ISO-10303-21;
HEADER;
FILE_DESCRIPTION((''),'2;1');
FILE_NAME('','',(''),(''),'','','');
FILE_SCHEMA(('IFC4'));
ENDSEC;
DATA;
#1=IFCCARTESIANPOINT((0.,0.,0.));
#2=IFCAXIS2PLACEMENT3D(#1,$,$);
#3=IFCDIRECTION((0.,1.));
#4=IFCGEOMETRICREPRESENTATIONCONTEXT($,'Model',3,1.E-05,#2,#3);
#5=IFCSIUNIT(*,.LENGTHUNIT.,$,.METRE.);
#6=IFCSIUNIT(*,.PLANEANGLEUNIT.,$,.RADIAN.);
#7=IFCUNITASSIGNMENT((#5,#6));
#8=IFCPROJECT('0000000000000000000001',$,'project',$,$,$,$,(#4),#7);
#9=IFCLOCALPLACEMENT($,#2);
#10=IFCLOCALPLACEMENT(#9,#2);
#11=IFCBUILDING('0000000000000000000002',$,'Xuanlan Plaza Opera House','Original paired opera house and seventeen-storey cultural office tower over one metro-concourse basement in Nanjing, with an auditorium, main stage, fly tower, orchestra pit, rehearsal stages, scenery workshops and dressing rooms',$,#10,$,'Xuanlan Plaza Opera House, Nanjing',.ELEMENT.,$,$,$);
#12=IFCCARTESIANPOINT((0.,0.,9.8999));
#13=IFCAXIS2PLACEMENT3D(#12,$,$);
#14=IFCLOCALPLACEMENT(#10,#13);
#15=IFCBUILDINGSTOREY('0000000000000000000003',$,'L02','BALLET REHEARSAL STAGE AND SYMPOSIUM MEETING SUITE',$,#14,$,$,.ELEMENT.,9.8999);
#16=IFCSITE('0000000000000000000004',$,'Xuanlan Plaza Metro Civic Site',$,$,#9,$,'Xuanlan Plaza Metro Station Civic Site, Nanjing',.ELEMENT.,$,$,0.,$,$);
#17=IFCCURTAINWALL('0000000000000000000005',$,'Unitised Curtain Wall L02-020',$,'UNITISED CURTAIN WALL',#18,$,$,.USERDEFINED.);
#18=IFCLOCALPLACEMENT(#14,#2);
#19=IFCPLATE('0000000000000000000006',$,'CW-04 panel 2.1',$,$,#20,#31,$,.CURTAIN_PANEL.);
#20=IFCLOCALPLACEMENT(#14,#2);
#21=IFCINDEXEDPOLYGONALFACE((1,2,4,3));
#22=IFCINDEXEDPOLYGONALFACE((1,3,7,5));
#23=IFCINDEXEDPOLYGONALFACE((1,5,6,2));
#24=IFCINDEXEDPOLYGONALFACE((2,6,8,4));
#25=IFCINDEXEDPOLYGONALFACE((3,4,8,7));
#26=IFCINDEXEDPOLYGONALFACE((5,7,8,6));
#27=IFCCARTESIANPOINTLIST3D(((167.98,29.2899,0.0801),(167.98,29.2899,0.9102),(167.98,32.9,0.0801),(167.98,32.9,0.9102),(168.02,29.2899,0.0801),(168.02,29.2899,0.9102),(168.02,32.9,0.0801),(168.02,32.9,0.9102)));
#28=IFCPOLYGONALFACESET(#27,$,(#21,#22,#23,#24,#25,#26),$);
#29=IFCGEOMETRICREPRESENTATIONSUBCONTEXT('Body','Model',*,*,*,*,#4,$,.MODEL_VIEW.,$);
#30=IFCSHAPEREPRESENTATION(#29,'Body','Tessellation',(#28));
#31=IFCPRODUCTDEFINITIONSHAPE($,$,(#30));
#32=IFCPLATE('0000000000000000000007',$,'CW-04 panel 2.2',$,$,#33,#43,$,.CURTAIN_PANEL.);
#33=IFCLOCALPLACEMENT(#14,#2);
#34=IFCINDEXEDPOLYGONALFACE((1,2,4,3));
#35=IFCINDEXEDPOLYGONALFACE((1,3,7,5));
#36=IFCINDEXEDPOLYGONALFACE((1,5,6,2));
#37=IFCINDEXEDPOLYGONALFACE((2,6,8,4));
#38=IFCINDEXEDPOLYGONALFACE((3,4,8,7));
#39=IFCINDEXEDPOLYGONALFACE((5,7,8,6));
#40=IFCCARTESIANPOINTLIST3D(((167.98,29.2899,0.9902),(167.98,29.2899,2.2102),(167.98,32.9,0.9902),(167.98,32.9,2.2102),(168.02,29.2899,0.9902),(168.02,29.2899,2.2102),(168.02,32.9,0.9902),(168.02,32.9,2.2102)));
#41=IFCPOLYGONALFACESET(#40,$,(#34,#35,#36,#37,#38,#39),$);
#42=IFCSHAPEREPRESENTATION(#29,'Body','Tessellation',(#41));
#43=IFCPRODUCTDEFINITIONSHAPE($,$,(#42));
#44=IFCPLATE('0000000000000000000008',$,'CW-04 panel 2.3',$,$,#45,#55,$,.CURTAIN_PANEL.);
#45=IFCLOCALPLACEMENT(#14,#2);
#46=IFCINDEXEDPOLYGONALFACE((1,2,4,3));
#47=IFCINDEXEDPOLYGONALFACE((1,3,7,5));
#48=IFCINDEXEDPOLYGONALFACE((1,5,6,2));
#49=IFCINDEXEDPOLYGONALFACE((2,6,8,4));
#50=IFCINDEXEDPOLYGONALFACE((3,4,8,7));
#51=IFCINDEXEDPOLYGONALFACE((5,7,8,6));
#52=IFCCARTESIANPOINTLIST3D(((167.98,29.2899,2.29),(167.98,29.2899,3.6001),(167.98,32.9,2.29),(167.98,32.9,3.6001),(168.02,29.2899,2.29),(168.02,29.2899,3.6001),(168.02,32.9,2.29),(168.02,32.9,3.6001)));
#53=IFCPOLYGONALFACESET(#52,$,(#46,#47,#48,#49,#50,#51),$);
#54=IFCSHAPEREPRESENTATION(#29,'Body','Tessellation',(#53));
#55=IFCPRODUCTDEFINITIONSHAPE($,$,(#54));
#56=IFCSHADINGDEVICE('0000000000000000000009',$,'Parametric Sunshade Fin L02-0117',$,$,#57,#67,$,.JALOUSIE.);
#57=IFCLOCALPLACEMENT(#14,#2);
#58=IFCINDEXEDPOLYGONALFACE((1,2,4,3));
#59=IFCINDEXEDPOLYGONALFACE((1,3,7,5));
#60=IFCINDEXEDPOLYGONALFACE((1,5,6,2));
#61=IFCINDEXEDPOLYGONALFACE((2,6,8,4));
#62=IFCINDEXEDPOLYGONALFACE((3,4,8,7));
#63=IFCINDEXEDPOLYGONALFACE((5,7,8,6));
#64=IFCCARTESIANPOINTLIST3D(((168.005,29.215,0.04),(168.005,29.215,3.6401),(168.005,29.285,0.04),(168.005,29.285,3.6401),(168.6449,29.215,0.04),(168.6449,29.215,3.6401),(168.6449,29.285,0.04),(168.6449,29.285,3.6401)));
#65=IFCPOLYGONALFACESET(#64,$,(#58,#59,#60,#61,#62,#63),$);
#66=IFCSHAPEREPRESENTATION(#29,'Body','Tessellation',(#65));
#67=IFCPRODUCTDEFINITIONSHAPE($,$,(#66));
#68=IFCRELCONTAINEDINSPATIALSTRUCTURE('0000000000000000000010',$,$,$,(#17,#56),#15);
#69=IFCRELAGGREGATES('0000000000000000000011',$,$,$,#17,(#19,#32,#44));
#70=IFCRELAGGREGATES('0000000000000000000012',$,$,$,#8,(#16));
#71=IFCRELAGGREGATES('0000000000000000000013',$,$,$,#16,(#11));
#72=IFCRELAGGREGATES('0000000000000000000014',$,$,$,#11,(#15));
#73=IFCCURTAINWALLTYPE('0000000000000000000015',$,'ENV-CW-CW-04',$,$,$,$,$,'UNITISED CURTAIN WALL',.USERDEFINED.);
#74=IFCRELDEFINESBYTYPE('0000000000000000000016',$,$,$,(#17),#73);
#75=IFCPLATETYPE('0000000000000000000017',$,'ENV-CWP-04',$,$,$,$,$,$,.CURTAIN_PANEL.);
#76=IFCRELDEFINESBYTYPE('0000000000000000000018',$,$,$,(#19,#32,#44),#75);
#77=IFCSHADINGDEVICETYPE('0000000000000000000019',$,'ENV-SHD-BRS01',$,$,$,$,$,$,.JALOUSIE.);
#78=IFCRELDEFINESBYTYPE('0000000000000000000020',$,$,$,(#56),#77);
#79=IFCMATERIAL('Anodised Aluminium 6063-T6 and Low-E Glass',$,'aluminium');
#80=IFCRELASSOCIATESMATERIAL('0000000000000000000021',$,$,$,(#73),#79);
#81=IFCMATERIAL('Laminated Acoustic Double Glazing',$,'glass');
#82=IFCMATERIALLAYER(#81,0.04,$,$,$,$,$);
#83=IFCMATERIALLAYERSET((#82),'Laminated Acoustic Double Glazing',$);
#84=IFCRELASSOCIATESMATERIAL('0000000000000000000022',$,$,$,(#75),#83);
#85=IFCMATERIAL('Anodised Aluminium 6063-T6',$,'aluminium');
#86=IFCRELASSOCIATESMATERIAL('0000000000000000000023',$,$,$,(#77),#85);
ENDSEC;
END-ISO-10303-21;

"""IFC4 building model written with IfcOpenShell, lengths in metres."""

from ifc_helpers import new_model, si_unit, direction, frame, origin, origin_2d, place, context, subcontext, project, spatial, rectangle, extrude, material, layer, layer_set, type_object, element, aggregate, save


model = new_model("IFC4")

# Units and contexts
model_context = context("Model", 3, precision=1e-05, world=origin(), true_north=direction((0.0, 1.0)))
body_context = subcontext(model_context, "Body", "Model", "MODEL_VIEW")
ifc_project = project(units=[si_unit("LENGTHUNIT", "METRE"), si_unit("PLANEANGLEUNIT", "RADIAN")], contexts=[model_context])

# Site, building, storey
site_placement = place(None, origin())
site = spatial("IfcSite", under=ifc_project, at=site_placement, Name="Xuanlan Plaza Metro Civic Site", LongName="Xuanlan Plaza Metro Station Civic Site, Nanjing", CompositionType="ELEMENT", RefElevation=0.0)
building_placement = place(site_placement, origin())
building = spatial("IfcBuilding", under=site, at=building_placement, Name="Xuanlan Plaza Opera House", Description="Original paired opera house and seventeen-storey cultural office tower over one metro-concourse basement in Nanjing, with an auditorium, main stage, fly tower, orchestra pit, rehearsal stages, scenery workshops and dressing rooms", LongName="Xuanlan Plaza Opera House, Nanjing", CompositionType="ELEMENT")
storey_placement = place(building_placement, frame((0.0, 0.0, 9.8999)))
storey = spatial("IfcBuildingStorey", under=building, at=storey_placement, Name="L02", Description="BALLET REHEARSAL STAGE AND SYMPOSIUM MEETING SUITE", CompositionType="ELEMENT", Elevation=9.8999)

# Shared definitions
ifc_material_1 = material(Name="Anodised Aluminium 6063-T6 and Low-E Glass", Category="aluminium")
ifc_material_2 = material(Name="Anodised Aluminium 6063-T6", Category="aluminium")

# Curtain wall
curtain_wall_type_1 = type_object("IfcCurtainWallType", Name="ENV-CW-CW-04", ElementType="UNITISED CURTAIN WALL", PredefinedType="USERDEFINED", material=ifc_material_1)
curtain_wall_1_placement = place(storey_placement, origin())
curtain_wall_1 = element("IfcCurtainWall", 1, at=curtain_wall_1_placement, inside=storey, type_object=curtain_wall_type_1, Name="Unitised Curtain Wall L02-020", ObjectType="UNITISED CURTAIN WALL", PredefinedType="USERDEFINED")

# Plates
ifc_material_3 = material(Name="Laminated Acoustic Double Glazing", Category="glass")
ifc_layer_1 = layer(ifc_material_3, 0.04)
ifc_layer_set_1 = layer_set([ifc_layer_1], Name="Laminated Acoustic Double Glazing")
plate_type_1 = type_object("IfcPlateType", Name="ENV-CWP-04", PredefinedType="CURTAIN_PANEL", material=ifc_layer_set_1)
plate_1_placement = place(storey_placement, frame((168.0, 31.095, 0.0801), z_axis=(0.0, 0.0, 1.0), x_axis=(0.0, 1.0, 0.0)))
plate_1 = element("IfcPlate", 2, at=plate_1_placement, type_object=plate_type_1, Name="CW-04 panel 2.1", PredefinedType="CURTAIN_PANEL", context=body_context, shape_type="SweptSolid", body=[
    extrude(rectangle(XDim=3.6101, YDim=0.04, at=origin_2d()), origin(), (0.0, 0.0, 1.0), 0.8301),
])
plate_2_placement = place(storey_placement, frame((168.0, 31.095, 0.9902), z_axis=(0.0, 0.0, 1.0), x_axis=(0.0, 1.0, 0.0)))
plate_2 = element("IfcPlate", 3, at=plate_2_placement, type_object=plate_type_1, Name="CW-04 panel 2.2", PredefinedType="CURTAIN_PANEL", context=body_context, shape_type="SweptSolid", body=[
    extrude(rectangle(XDim=3.6101, YDim=0.04, at=origin_2d()), origin(), (0.0, 0.0, 1.0), 1.22),
])
plate_3_placement = place(storey_placement, frame((168.0, 31.095, 2.29), z_axis=(0.0, 0.0, 1.0), x_axis=(0.0, 1.0, 0.0)))
plate_3 = element("IfcPlate", 4, at=plate_3_placement, type_object=plate_type_1, Name="CW-04 panel 2.3", PredefinedType="CURTAIN_PANEL", context=body_context, shape_type="SweptSolid", body=[
    extrude(rectangle(XDim=3.6101, YDim=0.04, at=origin_2d()), origin(), (0.0, 0.0, 1.0), 1.3101),
])
aggregate(curtain_wall_1, [plate_1, plate_2, plate_3])

# Shading device
shading_device_type = type_object("IfcShadingDeviceType", Name="ENV-SHD-BRS01", PredefinedType="JALOUSIE", material=ifc_material_2)
shading_device_placement = place(storey_placement, frame((168.325, 29.25, 0.04), z_axis=(0.0, 0.0, 1.0), x_axis=(1.0, 0.0, 0.0)))
element("IfcShadingDevice", 5, at=shading_device_placement, inside=storey, type_object=shading_device_type, Name="Parametric Sunshade Fin L02-0117", PredefinedType="JALOUSIE", context=body_context, shape_type="SweptSolid", body=[
    extrude(rectangle(XDim=0.6399, YDim=0.0701, at=origin_2d()), origin(), (0.0, 0.0, 1.0), 3.6001),
])

save(model, "model.ifc")
